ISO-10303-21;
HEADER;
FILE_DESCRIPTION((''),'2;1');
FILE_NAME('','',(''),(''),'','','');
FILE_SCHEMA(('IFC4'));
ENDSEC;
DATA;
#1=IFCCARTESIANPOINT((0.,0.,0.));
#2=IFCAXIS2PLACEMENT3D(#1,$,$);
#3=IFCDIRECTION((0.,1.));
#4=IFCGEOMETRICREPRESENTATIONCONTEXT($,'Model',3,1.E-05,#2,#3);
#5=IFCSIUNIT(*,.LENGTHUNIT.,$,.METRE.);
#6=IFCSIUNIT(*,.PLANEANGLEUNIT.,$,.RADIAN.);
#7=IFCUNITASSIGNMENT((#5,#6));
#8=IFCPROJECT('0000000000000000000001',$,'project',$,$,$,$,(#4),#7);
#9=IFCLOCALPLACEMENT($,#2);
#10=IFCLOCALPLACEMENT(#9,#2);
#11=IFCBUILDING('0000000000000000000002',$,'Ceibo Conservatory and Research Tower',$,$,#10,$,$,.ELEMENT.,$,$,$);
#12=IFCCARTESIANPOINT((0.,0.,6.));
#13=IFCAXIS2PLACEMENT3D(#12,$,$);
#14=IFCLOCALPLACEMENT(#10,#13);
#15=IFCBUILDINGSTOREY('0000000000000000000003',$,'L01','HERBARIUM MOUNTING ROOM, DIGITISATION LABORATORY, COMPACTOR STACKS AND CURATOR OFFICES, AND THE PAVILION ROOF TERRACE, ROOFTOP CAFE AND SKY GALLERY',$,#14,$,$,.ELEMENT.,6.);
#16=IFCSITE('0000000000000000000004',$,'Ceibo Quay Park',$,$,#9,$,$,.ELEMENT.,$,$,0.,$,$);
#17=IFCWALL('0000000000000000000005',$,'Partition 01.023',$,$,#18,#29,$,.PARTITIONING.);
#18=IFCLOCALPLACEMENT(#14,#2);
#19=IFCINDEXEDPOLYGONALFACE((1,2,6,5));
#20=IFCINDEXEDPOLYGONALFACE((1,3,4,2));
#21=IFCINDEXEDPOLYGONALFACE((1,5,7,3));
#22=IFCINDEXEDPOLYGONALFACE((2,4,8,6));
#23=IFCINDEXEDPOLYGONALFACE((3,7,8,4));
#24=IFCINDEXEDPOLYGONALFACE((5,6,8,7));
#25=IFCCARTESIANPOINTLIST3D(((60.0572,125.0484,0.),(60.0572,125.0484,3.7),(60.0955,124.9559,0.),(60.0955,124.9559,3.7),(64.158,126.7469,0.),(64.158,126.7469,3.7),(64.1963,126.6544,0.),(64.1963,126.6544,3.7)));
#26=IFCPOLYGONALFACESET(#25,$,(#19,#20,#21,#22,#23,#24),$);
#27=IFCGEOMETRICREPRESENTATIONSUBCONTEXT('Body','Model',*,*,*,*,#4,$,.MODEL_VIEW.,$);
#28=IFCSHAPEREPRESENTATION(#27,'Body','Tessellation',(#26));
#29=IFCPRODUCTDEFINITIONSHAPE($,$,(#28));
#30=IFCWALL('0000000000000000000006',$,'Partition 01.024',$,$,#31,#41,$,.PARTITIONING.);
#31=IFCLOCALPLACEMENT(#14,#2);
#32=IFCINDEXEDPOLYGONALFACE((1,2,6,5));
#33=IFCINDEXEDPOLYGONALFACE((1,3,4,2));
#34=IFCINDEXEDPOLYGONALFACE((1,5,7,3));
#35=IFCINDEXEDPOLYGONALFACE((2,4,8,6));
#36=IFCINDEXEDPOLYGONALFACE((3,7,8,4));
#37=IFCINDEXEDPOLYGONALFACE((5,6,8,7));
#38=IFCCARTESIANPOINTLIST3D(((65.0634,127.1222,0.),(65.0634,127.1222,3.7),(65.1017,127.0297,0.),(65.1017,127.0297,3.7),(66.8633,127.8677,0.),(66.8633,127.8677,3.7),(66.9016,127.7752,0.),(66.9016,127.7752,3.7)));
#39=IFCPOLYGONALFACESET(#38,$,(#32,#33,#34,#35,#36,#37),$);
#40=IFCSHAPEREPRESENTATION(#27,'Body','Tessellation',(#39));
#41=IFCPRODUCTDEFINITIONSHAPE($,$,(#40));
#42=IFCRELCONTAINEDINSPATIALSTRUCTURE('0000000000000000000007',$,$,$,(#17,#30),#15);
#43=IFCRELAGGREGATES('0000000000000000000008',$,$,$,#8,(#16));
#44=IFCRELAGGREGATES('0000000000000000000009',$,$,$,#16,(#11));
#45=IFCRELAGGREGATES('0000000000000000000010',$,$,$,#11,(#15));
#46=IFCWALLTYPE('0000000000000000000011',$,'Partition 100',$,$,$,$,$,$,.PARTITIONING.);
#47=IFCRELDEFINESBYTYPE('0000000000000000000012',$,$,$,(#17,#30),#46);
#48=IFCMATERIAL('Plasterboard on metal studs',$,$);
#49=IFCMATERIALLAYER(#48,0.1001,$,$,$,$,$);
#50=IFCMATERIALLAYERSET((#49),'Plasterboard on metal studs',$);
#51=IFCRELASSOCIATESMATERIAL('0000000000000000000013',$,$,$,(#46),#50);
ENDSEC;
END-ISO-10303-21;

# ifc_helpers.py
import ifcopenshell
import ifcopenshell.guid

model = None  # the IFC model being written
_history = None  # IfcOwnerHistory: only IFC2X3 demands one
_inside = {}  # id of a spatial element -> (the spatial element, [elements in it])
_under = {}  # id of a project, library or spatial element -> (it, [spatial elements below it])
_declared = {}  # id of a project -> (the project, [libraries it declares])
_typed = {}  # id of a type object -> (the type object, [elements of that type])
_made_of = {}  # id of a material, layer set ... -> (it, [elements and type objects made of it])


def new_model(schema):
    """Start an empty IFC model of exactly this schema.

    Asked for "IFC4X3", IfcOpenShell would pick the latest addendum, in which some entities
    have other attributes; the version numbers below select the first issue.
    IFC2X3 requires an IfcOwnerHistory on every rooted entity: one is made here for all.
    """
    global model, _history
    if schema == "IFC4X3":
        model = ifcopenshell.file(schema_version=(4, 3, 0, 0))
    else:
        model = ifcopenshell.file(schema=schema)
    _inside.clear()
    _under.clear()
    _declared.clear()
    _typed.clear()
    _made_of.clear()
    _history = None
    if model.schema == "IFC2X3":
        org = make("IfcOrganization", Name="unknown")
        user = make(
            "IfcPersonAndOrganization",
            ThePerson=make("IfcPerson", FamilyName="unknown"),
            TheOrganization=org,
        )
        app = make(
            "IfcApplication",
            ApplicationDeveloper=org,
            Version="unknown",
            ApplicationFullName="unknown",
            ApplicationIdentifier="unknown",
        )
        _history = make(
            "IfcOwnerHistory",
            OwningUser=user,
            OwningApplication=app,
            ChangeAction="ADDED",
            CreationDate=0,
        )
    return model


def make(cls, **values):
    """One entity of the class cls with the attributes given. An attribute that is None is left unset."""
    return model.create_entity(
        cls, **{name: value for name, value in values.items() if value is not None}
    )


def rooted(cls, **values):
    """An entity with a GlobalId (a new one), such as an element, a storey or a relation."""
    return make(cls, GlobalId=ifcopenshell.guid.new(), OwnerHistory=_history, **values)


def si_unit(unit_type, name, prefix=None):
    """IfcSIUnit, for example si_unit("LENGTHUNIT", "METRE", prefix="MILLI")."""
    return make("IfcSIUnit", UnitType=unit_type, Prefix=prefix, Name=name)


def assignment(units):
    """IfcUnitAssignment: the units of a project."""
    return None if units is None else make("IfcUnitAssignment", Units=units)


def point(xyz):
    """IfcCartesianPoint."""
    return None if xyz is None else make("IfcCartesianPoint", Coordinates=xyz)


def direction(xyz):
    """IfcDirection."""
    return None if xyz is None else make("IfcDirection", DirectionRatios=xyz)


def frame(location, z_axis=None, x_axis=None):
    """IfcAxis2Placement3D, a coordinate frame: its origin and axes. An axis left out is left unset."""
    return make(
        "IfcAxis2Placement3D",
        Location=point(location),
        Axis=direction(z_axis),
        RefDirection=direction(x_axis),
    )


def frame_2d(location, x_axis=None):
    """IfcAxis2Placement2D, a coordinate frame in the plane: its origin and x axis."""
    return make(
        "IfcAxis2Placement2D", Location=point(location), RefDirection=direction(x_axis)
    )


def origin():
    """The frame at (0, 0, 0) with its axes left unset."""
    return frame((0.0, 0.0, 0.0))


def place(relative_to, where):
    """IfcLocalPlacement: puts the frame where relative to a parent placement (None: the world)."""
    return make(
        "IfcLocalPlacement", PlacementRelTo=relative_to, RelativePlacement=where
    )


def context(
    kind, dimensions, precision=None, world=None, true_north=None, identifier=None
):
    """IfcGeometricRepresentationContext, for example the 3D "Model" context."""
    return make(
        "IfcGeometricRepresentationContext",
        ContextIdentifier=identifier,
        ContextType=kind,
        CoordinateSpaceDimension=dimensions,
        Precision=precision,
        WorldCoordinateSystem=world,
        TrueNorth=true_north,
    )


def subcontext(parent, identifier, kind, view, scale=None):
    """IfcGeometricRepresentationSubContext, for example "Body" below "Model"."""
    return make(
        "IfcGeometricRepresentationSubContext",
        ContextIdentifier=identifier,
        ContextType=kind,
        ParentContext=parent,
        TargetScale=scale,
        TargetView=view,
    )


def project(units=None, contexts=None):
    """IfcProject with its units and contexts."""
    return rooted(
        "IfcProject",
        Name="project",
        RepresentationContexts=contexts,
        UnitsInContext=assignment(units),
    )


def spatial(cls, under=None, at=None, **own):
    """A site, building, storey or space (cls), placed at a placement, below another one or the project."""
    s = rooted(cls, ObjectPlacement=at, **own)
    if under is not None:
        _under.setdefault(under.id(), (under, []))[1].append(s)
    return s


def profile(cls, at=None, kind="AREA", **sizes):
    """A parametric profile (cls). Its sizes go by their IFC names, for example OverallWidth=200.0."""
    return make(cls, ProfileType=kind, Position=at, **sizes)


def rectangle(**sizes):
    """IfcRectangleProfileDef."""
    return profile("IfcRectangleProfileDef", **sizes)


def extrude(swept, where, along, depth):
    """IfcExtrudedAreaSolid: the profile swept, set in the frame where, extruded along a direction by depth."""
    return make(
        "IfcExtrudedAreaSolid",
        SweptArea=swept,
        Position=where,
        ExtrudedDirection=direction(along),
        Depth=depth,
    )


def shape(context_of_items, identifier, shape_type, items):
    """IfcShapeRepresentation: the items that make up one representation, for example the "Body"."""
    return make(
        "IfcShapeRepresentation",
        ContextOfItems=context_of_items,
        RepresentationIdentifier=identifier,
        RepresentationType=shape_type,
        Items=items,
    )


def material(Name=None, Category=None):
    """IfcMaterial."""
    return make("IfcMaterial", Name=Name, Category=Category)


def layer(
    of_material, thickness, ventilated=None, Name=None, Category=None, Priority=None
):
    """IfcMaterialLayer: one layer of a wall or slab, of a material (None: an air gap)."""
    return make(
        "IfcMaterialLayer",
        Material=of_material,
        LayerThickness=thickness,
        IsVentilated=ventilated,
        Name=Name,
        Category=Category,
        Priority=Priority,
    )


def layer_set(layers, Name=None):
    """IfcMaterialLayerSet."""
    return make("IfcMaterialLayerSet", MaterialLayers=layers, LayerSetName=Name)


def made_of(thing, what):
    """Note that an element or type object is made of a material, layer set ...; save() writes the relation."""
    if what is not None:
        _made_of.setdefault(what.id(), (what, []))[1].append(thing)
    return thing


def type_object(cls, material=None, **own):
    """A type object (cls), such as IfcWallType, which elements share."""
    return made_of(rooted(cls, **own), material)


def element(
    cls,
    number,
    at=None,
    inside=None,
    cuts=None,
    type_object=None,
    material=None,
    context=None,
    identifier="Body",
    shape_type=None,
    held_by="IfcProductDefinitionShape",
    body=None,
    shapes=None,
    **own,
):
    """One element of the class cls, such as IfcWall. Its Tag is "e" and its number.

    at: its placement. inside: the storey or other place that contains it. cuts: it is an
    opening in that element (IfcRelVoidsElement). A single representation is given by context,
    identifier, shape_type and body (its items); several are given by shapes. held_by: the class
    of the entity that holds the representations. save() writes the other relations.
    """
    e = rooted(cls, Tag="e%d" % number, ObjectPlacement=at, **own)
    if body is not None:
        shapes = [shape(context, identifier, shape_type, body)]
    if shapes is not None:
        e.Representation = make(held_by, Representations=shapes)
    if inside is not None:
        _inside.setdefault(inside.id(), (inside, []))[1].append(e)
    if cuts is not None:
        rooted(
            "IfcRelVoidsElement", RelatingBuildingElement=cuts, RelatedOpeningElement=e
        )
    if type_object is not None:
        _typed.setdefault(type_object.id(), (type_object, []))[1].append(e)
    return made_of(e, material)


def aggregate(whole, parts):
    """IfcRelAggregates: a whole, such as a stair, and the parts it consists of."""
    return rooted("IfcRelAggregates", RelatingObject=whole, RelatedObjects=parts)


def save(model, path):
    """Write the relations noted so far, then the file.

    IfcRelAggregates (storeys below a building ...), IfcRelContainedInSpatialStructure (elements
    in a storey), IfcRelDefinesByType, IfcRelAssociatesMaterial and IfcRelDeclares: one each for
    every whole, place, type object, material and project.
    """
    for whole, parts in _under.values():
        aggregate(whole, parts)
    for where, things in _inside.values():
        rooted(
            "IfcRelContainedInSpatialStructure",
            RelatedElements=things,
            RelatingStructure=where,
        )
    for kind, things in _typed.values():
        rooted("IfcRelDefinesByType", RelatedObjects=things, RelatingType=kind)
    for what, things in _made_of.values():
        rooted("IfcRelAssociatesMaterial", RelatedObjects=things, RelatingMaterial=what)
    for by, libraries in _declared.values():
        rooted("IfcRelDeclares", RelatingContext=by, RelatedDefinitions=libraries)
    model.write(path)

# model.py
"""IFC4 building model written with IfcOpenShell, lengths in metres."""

from ifc_helpers import new_model, si_unit, direction, frame, frame_2d, origin, place, context, subcontext, project, spatial, rectangle, extrude, material, layer, layer_set, type_object, element, save


model = new_model("IFC4")

# Units and contexts
model_context = context("Model", 3, precision=1e-05, world=origin(), true_north=direction((0.0, 1.0)))
body_context = subcontext(model_context, "Body", "Model", "MODEL_VIEW")
ifc_project = project(units=[si_unit("LENGTHUNIT", "METRE"), si_unit("PLANEANGLEUNIT", "RADIAN")], contexts=[model_context])

# Site, building, storey
site_placement = place(None, origin())
site = spatial("IfcSite", under=ifc_project, at=site_placement, Name="Ceibo Quay Park", CompositionType="ELEMENT", RefElevation=0.0)
building_placement = place(site_placement, origin())
building = spatial("IfcBuilding", under=site, at=building_placement, Name="Ceibo Conservatory and Research Tower", CompositionType="ELEMENT")
storey_placement = place(building_placement, frame((0.0, 0.0, 6.0)))
storey = spatial("IfcBuildingStorey", under=building, at=storey_placement, Name="L01", Description="HERBARIUM MOUNTING ROOM, DIGITISATION LABORATORY, COMPACTOR STACKS AND CURATOR OFFICES, AND THE PAVILION ROOF TERRACE, ROOFTOP CAFE AND SKY GALLERY", CompositionType="ELEMENT", Elevation=6.0)

# Walls
ifc_material_1 = material(Name="Plasterboard on metal studs")
ifc_layer_1 = layer(ifc_material_1, 0.1001)
ifc_layer_set_1 = layer_set([ifc_layer_1], Name="Plasterboard on metal studs")
wall_type_1 = type_object("IfcWallType", Name="Partition 100", PredefinedType="PARTITIONING", material=ifc_layer_set_1)
wall_1_placement = place(storey_placement, frame((60.0764, 125.0022, 0.0), z_axis=(0.0, 0.0, 1.0), x_axis=(0.92389, 0.382658, 0.0)))
element("IfcWall", 1, at=wall_1_placement, inside=storey, type_object=wall_type_1, Name="Partition 01.023", PredefinedType="PARTITIONING", context=body_context, shape_type="SweptSolid", body=[
    extrude(rectangle(XDim=4.4387, YDim=0.1001, at=frame_2d((2.2192, 0.0))), origin(), (0.0, 0.0, 1.0), 3.7),
])
wall_2_placement = place(storey_placement, frame((65.0825, 127.0759, 0.0), z_axis=(0.0, 0.0, 1.0), x_axis=(0.923879, 0.382684, 0.0)))
element("IfcWall", 2, at=wall_2_placement, inside=storey, type_object=wall_type_1, Name="Partition 01.024", PredefinedType="PARTITIONING", context=body_context, shape_type="SweptSolid", body=[
    extrude(rectangle(XDim=1.9482, YDim=0.1001, at=frame_2d((0.9741, 0.0))), origin(), (0.0, 0.0, 1.0), 3.7),
])

save(model, "model.ifc")
